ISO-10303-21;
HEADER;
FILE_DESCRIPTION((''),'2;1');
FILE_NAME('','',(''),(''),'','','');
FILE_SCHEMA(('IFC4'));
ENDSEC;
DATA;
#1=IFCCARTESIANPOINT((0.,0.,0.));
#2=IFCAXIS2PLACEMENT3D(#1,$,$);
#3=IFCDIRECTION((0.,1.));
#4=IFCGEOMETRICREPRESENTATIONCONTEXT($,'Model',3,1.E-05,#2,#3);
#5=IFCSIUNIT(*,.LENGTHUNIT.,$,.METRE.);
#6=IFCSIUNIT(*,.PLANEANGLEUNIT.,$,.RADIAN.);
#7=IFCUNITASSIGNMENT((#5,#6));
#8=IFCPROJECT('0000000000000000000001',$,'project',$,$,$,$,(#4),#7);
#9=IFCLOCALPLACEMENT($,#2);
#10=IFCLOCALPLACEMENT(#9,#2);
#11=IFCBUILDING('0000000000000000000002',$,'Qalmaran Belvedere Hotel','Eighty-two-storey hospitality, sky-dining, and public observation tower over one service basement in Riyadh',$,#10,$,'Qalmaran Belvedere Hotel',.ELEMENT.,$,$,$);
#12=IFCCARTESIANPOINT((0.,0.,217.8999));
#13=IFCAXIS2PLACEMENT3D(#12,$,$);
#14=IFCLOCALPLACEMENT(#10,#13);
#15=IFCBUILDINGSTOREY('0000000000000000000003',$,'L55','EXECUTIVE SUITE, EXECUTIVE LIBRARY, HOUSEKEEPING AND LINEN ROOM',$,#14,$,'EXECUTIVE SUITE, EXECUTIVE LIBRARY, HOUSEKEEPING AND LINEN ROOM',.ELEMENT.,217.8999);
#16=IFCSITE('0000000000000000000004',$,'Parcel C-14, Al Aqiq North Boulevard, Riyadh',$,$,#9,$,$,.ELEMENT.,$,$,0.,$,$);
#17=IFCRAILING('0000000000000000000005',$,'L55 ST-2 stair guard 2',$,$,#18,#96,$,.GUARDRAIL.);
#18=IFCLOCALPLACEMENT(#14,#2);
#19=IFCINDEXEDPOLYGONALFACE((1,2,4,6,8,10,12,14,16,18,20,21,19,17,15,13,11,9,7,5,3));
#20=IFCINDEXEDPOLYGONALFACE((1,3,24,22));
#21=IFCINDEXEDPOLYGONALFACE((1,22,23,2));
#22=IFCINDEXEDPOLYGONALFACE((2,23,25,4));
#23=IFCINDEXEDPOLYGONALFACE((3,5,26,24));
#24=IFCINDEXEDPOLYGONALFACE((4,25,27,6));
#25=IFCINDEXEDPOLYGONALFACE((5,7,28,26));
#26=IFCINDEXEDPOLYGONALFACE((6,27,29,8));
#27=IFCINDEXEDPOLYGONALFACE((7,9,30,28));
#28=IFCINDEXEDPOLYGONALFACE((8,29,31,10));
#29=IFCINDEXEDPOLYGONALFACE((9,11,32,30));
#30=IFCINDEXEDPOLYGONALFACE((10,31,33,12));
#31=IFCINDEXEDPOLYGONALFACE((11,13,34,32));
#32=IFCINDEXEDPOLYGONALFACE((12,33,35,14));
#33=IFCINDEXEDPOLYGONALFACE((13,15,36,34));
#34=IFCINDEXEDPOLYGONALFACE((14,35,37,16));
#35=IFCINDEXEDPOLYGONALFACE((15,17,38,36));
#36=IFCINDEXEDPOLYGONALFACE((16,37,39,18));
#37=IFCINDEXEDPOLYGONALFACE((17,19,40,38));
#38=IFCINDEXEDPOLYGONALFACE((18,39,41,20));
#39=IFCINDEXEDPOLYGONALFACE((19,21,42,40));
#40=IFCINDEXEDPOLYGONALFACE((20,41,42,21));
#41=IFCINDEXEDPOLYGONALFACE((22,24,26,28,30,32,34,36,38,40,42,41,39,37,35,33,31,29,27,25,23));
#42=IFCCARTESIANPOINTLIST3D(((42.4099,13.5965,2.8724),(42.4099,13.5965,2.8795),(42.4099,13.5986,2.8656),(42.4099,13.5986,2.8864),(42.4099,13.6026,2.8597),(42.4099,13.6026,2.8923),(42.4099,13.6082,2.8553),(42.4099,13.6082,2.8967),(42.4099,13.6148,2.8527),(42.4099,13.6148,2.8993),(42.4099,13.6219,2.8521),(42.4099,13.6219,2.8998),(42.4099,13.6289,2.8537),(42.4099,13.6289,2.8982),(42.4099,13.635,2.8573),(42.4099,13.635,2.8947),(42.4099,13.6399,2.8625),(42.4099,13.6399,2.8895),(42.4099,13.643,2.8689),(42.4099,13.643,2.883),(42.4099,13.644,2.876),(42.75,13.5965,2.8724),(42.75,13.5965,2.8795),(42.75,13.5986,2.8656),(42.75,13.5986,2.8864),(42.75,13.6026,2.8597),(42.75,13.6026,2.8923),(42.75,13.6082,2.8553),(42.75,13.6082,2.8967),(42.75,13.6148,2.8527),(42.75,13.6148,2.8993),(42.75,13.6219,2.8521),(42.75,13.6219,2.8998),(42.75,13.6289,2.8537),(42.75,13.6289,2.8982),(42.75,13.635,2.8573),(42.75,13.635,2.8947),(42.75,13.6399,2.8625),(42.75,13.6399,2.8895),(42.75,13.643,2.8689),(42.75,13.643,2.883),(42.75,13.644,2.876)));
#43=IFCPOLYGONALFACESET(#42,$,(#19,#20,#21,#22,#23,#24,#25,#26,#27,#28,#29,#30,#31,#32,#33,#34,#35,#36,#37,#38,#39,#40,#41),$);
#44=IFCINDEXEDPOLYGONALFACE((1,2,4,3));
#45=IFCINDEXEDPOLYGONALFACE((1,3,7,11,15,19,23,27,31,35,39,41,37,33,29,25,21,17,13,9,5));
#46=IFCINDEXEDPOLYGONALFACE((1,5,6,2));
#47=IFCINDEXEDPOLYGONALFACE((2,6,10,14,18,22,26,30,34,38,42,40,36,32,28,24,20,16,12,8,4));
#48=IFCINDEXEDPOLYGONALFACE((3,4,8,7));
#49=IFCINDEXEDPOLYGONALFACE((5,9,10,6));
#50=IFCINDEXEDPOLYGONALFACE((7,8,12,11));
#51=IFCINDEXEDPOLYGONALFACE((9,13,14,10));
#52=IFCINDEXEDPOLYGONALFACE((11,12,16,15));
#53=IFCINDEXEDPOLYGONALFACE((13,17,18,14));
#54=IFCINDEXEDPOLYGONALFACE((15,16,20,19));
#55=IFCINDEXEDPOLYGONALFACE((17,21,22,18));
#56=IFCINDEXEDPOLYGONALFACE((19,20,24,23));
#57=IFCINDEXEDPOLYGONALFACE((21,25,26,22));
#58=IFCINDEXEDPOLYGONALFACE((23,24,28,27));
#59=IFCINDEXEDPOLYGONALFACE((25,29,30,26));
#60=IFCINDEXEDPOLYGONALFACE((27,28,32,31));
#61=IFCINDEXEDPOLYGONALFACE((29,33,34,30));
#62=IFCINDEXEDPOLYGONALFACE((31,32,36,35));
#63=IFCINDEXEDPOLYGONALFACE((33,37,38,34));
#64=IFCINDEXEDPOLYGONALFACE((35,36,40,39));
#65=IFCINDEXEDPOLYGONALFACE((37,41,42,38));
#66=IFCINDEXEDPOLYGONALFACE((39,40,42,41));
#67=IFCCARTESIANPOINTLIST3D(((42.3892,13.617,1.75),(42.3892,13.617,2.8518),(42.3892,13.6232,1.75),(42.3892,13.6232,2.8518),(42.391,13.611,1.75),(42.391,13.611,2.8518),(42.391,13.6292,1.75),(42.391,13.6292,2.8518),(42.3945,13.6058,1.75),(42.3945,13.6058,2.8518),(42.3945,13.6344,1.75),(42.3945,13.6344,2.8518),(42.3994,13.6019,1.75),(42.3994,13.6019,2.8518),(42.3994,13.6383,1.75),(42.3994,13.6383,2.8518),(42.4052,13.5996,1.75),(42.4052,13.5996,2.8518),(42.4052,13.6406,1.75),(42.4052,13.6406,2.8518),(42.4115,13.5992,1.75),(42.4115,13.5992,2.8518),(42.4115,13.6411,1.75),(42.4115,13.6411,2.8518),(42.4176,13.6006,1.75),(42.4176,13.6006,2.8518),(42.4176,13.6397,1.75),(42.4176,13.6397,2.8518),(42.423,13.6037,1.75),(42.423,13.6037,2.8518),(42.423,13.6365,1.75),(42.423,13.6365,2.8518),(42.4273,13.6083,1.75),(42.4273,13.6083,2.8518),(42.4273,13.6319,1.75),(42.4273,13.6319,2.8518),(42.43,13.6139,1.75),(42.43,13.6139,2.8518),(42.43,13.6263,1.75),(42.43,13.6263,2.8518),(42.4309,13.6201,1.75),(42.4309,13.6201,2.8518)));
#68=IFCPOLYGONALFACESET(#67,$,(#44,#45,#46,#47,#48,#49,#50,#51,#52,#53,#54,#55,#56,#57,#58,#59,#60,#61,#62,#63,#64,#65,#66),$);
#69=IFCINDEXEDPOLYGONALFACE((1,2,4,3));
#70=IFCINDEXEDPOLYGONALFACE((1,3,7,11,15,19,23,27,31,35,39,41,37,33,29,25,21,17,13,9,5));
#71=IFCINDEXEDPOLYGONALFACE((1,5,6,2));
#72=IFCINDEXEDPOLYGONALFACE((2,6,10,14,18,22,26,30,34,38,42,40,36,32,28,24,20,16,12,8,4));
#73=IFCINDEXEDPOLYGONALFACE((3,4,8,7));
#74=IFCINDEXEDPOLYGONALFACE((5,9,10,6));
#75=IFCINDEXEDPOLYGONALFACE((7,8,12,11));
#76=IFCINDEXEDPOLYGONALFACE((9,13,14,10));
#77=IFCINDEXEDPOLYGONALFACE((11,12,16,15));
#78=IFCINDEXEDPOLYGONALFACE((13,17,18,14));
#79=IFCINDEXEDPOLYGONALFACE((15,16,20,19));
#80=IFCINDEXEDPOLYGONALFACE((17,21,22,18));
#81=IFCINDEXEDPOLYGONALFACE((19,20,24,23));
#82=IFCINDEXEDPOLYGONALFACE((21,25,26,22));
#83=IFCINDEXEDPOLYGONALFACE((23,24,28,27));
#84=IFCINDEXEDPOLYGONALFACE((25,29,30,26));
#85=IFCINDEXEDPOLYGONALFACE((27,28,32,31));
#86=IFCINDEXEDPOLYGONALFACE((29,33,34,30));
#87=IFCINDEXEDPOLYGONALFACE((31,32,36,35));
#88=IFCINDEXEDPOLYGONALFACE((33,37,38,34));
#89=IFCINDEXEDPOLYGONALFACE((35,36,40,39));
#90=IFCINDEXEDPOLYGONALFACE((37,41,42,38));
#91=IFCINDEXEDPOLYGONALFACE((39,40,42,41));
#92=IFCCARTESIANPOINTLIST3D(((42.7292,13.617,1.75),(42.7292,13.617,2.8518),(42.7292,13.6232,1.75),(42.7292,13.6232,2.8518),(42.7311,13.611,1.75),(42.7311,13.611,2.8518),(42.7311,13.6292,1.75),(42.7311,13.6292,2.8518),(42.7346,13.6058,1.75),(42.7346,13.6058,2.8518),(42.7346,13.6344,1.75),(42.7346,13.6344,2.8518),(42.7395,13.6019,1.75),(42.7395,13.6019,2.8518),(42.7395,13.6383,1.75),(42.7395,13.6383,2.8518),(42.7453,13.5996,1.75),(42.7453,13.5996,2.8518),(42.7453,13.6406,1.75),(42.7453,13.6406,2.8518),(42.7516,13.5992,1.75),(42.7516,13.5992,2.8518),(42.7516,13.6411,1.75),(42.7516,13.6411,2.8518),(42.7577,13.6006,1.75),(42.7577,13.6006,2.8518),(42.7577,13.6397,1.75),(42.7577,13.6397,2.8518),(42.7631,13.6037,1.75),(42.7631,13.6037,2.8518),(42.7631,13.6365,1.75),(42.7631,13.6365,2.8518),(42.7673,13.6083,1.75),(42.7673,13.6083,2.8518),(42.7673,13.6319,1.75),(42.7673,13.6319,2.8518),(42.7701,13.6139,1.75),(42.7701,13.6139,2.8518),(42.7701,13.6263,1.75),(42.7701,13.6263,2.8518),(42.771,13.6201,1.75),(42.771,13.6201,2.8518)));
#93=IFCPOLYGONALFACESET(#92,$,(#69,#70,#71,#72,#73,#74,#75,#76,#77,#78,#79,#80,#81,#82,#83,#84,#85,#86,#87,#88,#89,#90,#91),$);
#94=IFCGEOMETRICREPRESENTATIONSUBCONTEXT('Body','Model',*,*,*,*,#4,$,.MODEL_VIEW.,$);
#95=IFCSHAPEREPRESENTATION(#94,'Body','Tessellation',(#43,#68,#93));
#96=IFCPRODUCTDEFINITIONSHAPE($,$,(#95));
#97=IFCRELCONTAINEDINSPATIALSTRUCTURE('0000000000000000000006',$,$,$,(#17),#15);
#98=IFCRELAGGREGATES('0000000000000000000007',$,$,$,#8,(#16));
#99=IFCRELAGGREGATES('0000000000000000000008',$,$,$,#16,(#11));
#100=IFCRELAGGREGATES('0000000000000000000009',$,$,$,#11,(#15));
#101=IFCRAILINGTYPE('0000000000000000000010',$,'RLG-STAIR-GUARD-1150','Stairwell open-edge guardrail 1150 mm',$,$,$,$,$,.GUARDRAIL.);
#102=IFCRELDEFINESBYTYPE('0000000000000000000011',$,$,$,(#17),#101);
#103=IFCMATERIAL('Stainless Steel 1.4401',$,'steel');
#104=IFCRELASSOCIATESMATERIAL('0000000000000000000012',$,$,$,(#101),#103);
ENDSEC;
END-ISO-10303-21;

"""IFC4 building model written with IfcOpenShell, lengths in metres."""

from ifc_helpers import new_model, si_unit, direction, frame, origin, origin_2d, place, context, subcontext, project, spatial, circle, extrude, material, type_object, element, save


model = new_model("IFC4")

# Units and contexts
model_context = context("Model", 3, precision=1e-05, world=origin(), true_north=direction((0.0, 1.0)))
body_context = subcontext(model_context, "Body", "Model", "MODEL_VIEW")
ifc_project = project(units=[si_unit("LENGTHUNIT", "METRE"), si_unit("PLANEANGLEUNIT", "RADIAN")], contexts=[model_context])

# Site, building, storey
site_placement = place(None, origin())
site = spatial("IfcSite", under=ifc_project, at=site_placement, Name="Parcel C-14, Al Aqiq North Boulevard, Riyadh", CompositionType="ELEMENT", RefElevation=0.0)
building_placement = place(site_placement, origin())
building = spatial("IfcBuilding", under=site, at=building_placement, Name="Qalmaran Belvedere Hotel", Description="Eighty-two-storey hospitality, sky-dining, and public observation tower over one service basement in Riyadh", LongName="Qalmaran Belvedere Hotel", CompositionType="ELEMENT")
storey_placement = place(building_placement, frame((0.0, 0.0, 217.8999)))
storey = spatial("IfcBuildingStorey", under=building, at=storey_placement, Name="L55", Description="EXECUTIVE SUITE, EXECUTIVE LIBRARY, HOUSEKEEPING AND LINEN ROOM", LongName="EXECUTIVE SUITE, EXECUTIVE LIBRARY, HOUSEKEEPING AND LINEN ROOM", CompositionType="ELEMENT", Elevation=217.8999)

# Railing
ifc_material_1 = material(Name="Stainless Steel 1.4401", Category="steel")
railing_type_1 = type_object("IfcRailingType", Name="RLG-STAIR-GUARD-1150", Description="Stairwell open-edge guardrail 1150 mm", PredefinedType="GUARDRAIL", material=ifc_material_1)
railing_1_placement = place(storey_placement, frame((42.4099, 13.6201, 1.75)))
element("IfcRailing", 1, at=railing_1_placement, inside=storey, type_object=railing_type_1, Name="L55 ST-2 stair guard 2", PredefinedType="GUARDRAIL", context=body_context, shape_type="SweptSolid", body=[
    extrude(circle(Radius=0.0239, at=origin_2d()), frame((0.0, 0.0, 1.126), z_axis=(1.0, 0.0, 0.0), x_axis=(0.0, 1.0, 0.0)), (0.0, 0.0, 1.0), 0.3401),
    extrude(circle(Radius=0.021, at=origin_2d()), origin(), (0.0, 0.0, 1.0), 1.1018),
    extrude(circle(Radius=0.021, at=origin_2d()), frame((0.3401, 0.0, 0.0)), (0.0, 0.0, 1.0), 1.1018),
])

save(model, "model.ifc")
